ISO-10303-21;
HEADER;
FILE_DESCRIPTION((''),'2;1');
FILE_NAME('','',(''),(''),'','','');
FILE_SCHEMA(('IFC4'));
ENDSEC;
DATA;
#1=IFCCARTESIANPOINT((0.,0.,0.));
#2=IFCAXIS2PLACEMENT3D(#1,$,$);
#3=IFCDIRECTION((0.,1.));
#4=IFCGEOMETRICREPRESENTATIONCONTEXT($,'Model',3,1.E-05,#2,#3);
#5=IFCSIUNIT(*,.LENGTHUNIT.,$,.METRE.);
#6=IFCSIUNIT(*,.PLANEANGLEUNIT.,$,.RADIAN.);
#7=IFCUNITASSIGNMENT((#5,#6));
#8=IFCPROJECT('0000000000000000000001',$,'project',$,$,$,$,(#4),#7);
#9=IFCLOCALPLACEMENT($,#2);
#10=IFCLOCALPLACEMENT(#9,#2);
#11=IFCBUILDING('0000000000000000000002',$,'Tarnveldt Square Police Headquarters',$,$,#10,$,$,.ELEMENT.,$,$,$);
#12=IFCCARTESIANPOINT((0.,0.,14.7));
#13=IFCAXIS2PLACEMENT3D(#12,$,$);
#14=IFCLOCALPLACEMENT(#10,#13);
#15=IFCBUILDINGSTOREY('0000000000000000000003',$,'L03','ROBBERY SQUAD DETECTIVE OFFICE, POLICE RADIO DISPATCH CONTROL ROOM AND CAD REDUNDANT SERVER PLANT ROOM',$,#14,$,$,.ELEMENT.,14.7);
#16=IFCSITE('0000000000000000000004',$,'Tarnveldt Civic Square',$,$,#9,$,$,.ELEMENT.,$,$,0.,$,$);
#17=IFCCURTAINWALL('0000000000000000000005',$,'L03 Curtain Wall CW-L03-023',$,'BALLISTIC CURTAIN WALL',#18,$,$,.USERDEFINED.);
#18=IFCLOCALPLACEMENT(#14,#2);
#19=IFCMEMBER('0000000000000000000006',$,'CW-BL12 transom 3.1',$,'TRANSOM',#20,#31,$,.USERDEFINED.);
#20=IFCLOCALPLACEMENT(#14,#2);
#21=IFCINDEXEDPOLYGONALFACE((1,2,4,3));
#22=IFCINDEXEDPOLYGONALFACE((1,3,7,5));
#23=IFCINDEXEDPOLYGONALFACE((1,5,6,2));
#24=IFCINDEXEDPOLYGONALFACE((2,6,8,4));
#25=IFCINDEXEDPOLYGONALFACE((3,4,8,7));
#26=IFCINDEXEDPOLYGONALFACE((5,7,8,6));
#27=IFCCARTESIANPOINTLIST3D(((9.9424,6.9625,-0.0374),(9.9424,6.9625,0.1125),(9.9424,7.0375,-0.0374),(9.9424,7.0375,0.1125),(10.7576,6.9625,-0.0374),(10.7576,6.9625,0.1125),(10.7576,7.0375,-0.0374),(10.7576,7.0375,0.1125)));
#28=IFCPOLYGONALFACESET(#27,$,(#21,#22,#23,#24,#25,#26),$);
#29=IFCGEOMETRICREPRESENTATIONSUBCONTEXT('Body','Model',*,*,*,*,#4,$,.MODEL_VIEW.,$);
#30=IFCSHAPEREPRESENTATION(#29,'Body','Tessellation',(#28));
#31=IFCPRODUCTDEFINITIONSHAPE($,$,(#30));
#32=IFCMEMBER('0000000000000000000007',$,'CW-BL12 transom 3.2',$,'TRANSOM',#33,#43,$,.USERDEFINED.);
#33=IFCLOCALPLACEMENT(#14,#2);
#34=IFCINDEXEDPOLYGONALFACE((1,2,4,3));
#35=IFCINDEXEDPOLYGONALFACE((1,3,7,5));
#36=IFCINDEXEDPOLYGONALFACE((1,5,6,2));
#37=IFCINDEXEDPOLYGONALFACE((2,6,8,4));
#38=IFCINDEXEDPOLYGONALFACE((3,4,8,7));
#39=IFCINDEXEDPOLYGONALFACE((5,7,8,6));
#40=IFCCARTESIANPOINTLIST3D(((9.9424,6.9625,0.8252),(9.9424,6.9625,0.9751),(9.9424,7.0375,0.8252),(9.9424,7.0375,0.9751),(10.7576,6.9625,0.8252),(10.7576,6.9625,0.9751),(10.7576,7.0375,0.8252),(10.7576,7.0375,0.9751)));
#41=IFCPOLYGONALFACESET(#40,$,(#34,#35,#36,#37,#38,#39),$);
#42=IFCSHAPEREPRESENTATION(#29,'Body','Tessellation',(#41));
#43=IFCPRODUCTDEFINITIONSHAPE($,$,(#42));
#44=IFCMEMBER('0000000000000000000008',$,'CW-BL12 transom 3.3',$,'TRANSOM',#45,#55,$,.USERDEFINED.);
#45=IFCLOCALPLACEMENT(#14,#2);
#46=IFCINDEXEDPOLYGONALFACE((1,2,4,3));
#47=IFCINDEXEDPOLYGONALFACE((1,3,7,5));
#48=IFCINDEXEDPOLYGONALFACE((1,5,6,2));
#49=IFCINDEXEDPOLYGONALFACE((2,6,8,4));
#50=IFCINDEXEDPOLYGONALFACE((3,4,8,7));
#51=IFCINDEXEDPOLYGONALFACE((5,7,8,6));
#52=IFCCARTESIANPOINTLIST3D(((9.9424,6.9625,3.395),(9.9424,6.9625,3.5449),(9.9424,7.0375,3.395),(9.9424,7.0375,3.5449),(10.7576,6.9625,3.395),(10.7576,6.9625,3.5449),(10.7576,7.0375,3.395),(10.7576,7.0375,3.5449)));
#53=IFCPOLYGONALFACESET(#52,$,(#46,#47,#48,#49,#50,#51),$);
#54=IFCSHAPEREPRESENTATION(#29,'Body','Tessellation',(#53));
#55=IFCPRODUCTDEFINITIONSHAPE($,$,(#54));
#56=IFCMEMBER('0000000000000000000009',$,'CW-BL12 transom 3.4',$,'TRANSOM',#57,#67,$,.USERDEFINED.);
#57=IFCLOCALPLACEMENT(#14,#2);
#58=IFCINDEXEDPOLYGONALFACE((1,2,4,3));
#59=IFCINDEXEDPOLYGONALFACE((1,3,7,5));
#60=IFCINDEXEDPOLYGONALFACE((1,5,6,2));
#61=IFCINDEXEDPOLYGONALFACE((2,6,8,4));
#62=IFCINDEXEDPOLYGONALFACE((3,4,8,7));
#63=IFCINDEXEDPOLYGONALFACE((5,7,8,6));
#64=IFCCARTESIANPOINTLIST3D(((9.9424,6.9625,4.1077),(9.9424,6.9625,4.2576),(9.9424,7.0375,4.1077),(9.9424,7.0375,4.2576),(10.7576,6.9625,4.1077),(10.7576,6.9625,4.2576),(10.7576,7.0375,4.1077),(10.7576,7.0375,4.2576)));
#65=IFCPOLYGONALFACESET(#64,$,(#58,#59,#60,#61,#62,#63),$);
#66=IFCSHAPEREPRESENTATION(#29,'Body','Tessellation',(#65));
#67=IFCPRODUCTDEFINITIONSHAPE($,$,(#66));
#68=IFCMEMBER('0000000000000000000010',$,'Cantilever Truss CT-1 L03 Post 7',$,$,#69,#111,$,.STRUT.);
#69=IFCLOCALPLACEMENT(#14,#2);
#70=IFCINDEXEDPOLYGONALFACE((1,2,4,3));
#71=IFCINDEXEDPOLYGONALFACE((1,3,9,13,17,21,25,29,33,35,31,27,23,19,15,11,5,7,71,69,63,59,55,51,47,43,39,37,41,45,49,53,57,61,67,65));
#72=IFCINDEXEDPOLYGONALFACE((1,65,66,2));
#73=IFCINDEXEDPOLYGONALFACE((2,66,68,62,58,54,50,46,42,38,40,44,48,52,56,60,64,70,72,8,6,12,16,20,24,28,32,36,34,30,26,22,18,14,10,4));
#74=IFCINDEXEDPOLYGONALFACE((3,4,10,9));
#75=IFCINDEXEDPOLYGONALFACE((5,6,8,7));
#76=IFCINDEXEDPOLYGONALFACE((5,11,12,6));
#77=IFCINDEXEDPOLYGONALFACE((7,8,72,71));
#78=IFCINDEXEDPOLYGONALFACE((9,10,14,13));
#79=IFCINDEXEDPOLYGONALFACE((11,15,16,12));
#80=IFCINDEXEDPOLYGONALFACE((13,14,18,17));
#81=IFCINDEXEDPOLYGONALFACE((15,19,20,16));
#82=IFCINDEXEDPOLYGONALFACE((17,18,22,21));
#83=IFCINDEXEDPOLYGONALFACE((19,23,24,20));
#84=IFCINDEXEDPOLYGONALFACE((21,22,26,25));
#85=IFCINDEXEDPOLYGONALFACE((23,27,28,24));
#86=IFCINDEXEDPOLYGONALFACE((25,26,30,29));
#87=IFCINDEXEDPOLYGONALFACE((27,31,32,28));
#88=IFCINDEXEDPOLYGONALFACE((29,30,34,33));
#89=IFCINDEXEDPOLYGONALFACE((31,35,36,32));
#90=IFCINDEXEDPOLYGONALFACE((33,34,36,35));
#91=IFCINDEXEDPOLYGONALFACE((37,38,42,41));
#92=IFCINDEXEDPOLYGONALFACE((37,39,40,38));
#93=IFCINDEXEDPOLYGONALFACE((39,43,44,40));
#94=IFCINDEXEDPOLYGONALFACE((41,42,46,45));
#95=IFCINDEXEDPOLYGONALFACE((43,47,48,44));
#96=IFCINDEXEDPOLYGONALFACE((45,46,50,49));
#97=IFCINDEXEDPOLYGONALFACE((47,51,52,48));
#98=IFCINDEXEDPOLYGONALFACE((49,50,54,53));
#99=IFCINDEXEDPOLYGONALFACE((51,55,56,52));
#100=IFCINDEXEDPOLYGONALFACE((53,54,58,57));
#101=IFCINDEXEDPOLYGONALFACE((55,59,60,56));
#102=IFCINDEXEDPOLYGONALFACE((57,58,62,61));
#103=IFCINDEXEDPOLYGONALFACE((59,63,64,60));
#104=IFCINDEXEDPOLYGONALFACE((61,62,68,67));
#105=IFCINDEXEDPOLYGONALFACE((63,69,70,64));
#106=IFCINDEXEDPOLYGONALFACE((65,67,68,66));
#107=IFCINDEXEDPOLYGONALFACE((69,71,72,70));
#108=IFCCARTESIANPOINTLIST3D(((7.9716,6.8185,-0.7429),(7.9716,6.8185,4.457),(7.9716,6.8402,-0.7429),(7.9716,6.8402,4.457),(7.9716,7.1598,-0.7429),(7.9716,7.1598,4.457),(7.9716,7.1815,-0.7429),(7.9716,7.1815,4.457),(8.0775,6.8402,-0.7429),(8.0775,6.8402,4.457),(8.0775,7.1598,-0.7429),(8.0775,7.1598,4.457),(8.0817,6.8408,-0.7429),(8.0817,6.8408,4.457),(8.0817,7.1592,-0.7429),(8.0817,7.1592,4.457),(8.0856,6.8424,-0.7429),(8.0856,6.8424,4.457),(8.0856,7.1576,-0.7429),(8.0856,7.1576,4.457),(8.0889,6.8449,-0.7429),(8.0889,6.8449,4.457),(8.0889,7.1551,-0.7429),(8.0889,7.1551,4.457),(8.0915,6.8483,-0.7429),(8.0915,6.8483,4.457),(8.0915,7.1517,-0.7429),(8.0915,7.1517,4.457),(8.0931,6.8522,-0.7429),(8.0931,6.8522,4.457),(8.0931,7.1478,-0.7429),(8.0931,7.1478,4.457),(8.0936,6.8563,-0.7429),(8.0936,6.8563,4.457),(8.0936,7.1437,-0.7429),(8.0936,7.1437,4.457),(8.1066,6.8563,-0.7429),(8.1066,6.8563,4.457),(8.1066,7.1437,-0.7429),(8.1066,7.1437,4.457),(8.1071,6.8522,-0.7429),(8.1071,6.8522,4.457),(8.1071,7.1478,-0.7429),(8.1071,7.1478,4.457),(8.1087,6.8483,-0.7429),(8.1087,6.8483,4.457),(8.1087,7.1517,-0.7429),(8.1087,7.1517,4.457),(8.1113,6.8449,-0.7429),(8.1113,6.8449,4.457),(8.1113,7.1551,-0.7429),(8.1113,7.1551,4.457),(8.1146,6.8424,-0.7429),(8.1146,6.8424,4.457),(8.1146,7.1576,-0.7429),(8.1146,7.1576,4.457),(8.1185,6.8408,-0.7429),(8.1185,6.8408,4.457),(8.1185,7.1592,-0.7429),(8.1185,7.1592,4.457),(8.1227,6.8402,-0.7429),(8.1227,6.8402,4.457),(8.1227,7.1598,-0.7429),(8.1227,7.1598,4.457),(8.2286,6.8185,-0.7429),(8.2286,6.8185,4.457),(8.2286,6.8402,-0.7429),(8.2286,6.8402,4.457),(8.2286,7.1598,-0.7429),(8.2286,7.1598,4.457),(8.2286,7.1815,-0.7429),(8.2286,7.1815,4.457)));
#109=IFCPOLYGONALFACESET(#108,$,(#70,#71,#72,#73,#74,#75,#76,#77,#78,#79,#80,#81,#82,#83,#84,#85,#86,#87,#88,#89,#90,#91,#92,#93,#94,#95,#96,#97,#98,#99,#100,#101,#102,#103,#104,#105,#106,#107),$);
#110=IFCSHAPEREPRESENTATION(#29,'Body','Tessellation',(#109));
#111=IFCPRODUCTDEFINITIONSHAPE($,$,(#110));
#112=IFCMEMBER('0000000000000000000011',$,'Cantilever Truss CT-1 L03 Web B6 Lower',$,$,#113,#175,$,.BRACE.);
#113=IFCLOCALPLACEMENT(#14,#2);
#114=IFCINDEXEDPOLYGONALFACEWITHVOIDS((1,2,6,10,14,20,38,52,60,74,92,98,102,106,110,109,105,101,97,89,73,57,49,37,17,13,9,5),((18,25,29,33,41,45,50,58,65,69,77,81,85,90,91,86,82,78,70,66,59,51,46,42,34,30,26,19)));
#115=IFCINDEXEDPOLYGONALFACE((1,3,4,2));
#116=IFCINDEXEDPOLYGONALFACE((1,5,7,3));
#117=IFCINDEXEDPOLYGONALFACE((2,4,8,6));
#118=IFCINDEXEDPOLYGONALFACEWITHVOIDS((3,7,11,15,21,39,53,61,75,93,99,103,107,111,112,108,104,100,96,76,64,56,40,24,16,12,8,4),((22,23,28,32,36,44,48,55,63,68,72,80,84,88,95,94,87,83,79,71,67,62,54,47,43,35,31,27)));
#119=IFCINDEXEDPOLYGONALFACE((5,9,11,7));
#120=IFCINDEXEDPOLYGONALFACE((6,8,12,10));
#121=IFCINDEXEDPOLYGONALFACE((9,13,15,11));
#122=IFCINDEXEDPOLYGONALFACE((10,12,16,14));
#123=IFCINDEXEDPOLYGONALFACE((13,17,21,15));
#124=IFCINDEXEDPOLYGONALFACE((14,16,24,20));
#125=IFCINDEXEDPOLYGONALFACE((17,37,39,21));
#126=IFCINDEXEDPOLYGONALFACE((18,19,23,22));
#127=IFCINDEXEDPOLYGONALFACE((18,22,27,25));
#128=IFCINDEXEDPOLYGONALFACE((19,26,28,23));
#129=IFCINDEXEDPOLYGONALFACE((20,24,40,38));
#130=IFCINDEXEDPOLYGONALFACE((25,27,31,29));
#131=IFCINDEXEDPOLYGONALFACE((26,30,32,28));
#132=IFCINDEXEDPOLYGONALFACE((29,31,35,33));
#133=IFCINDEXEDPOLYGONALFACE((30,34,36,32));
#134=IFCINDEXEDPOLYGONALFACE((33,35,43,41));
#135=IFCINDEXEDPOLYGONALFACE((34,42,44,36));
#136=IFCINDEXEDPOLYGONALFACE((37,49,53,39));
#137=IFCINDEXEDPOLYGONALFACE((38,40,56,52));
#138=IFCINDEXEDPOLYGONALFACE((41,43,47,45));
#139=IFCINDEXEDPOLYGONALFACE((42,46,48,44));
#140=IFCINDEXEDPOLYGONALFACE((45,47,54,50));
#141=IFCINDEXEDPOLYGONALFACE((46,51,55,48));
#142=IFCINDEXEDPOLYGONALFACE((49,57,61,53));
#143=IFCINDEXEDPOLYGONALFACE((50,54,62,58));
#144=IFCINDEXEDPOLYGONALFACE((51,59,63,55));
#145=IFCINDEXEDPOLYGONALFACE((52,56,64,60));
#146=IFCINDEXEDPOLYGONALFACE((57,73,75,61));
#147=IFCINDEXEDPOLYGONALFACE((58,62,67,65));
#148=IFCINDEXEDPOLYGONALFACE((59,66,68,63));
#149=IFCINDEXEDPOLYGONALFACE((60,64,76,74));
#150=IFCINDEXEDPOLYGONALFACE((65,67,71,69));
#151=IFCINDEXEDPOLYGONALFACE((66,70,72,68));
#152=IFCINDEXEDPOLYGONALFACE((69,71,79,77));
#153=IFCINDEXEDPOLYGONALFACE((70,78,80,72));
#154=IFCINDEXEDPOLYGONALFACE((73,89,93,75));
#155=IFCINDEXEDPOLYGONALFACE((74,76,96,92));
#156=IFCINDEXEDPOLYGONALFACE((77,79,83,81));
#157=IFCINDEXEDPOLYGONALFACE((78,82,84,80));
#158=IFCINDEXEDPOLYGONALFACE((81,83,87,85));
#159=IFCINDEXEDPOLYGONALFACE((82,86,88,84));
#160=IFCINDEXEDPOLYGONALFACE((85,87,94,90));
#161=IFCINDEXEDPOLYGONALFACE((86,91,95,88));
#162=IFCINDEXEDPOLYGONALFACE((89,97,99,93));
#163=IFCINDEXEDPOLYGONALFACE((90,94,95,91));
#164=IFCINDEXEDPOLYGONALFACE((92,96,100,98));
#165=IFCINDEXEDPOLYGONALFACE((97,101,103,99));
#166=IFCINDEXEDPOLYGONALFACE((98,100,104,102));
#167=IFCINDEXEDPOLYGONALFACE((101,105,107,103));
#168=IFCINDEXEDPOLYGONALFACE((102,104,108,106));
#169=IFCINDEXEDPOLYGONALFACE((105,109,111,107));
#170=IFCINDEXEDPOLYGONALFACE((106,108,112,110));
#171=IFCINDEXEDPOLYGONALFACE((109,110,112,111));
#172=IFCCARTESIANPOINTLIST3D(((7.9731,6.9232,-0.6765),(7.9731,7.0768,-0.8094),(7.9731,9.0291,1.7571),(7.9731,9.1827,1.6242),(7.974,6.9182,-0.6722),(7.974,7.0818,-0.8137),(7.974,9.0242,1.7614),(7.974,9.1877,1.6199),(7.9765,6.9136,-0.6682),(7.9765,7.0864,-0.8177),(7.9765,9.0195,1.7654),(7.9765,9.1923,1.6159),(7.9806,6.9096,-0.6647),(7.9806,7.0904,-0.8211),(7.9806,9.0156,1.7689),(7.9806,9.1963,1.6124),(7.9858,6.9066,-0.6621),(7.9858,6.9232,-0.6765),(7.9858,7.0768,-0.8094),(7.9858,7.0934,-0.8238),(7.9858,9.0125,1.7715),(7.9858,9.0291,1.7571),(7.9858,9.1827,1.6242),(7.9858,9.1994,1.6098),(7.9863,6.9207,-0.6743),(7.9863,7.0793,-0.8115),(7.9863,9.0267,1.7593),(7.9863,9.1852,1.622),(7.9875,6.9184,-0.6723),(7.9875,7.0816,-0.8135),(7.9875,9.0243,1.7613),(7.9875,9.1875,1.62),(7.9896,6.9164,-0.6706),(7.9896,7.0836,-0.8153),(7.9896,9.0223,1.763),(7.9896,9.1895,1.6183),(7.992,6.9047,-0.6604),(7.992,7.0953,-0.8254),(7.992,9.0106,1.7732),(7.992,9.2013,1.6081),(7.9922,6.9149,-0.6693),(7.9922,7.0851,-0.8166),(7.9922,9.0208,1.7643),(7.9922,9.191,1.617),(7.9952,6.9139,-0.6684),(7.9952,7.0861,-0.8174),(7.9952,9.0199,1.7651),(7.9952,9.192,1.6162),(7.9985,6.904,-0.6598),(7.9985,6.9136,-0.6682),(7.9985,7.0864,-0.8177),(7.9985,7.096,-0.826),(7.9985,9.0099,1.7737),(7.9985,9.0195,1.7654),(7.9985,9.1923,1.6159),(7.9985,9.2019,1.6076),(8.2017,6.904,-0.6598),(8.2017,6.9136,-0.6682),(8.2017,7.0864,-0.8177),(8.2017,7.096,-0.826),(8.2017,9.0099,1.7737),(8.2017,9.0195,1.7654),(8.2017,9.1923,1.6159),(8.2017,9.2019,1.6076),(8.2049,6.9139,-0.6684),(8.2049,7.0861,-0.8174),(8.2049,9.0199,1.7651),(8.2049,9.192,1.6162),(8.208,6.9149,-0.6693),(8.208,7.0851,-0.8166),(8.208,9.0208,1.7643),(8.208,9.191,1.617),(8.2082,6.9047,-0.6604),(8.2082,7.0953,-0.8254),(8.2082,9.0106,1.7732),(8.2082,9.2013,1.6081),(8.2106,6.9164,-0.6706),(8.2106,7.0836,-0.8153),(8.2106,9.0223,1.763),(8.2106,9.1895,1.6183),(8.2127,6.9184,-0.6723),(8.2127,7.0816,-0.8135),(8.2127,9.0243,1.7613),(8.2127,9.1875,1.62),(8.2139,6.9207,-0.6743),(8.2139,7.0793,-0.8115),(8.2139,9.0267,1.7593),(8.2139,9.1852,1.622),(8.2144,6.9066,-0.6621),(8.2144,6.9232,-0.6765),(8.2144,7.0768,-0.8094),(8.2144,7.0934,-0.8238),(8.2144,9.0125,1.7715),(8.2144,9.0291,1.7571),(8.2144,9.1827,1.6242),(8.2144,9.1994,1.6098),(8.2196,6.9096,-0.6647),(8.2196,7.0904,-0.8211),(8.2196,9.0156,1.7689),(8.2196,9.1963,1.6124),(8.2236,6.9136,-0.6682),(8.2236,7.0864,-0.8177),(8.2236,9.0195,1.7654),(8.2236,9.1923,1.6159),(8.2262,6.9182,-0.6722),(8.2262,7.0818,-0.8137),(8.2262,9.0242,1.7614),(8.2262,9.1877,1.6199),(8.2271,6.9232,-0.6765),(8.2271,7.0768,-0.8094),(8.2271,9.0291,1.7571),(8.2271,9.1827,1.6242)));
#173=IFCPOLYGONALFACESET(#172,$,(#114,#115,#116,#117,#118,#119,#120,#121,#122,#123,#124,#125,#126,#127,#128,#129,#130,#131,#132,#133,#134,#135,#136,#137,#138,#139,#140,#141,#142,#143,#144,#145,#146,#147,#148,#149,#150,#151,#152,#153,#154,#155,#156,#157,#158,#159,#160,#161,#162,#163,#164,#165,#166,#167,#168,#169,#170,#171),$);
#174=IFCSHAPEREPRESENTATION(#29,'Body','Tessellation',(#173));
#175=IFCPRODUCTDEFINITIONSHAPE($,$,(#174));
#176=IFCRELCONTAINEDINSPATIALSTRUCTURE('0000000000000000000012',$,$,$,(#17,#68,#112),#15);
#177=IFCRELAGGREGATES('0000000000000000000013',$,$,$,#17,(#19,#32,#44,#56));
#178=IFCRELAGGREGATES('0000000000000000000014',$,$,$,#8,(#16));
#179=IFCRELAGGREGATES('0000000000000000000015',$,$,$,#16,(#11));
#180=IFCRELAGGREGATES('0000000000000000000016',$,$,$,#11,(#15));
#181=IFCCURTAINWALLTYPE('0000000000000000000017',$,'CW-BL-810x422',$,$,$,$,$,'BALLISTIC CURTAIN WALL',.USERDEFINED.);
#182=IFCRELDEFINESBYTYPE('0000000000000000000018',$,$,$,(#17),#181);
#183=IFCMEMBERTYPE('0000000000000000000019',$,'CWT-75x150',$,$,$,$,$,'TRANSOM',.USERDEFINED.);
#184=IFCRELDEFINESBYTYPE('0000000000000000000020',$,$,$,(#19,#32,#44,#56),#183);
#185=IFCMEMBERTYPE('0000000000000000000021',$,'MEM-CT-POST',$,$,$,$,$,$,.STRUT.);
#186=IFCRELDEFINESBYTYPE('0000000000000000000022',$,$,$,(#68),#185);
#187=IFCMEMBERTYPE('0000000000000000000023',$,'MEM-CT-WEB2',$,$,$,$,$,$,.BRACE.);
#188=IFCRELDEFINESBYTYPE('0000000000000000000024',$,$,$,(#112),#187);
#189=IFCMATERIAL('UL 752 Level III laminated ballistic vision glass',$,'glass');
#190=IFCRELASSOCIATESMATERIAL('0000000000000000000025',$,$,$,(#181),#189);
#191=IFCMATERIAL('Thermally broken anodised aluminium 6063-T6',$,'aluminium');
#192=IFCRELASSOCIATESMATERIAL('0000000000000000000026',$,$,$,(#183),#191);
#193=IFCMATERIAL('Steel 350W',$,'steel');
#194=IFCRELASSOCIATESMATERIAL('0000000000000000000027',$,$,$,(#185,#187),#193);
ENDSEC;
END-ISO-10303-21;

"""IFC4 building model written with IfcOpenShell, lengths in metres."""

from ifc_helpers import new_model, si_unit, direction, frame, origin, origin_2d, place, context, subcontext, project, spatial, rectangle, hollow_rectangle, i_section, extrude, material, material_profile, profile_set, type_object, element, aggregate, save


model = new_model("IFC4")

# Units and contexts
model_context = context("Model", 3, precision=1e-05, world=origin(), true_north=direction((0.0, 1.0)))
body_context = subcontext(model_context, "Body", "Model", "MODEL_VIEW")
ifc_project = project(units=[si_unit("LENGTHUNIT", "METRE"), si_unit("PLANEANGLEUNIT", "RADIAN")], contexts=[model_context])

# Site, building, storey
site_placement = place(None, origin())
site = spatial("IfcSite", under=ifc_project, at=site_placement, Name="Tarnveldt Civic Square", CompositionType="ELEMENT", RefElevation=0.0)
building_placement = place(site_placement, origin())
building = spatial("IfcBuilding", under=site, at=building_placement, Name="Tarnveldt Square Police Headquarters", CompositionType="ELEMENT")
storey_placement = place(building_placement, frame((0.0, 0.0, 14.7)))
storey = spatial("IfcBuildingStorey", under=building, at=storey_placement, Name="L03", Description="ROBBERY SQUAD DETECTIVE OFFICE, POLICE RADIO DISPATCH CONTROL ROOM AND CAD REDUNDANT SERVER PLANT ROOM", CompositionType="ELEMENT", Elevation=14.7)

# Shared definitions
ifc_material_1 = material(Name="Steel 350W", Category="steel")

# Curtain wall, members
ifc_material_2 = material(Name="UL 752 Level III laminated ballistic vision glass", Category="glass")
curtain_wall_type = type_object("IfcCurtainWallType", Name="CW-BL-810x422", ElementType="BALLISTIC CURTAIN WALL", PredefinedType="USERDEFINED", material=ifc_material_2)
curtain_wall_placement = place(storey_placement, origin())
curtain_wall = element("IfcCurtainWall", 1, at=curtain_wall_placement, inside=storey, type_object=curtain_wall_type, Name="L03 Curtain Wall CW-L03-023", ObjectType="BALLISTIC CURTAIN WALL", PredefinedType="USERDEFINED")
ifc_material_3 = material(Name="Thermally broken anodised aluminium 6063-T6", Category="aluminium")
ifc_material_profile_1 = material_profile(ifc_material_3, rectangle(XDim=0.075, YDim=0.1499, at=origin_2d()), Name="CW-T75x150")
ifc_profile_set_1 = profile_set([ifc_material_profile_1], Name="Thermally broken anodised aluminium 6063-T6")
member_type_1 = type_object("IfcMemberType", Name="CWT-75x150", ElementType="TRANSOM", PredefinedType="USERDEFINED", material=ifc_profile_set_1)
member_1_placement = place(storey_placement, frame((9.9424, 7.0, 0.0376), z_axis=(1.0, 0.0, 0.0), x_axis=(0.0, 1.0, 0.0)))
member_1 = element("IfcMember", 2, at=member_1_placement, type_object=member_type_1, Name="CW-BL12 transom 3.1", ObjectType="TRANSOM", PredefinedType="USERDEFINED", context=body_context, shape_type="SweptSolid", body=[
    extrude(rectangle(XDim=0.075, YDim=0.1499, at=origin_2d()), origin(), (0.0, 0.0, 1.0), 0.8152),
])
member_2_placement = place(storey_placement, frame((9.9424, 7.0, 0.9001), z_axis=(1.0, 0.0, 0.0), x_axis=(0.0, 1.0, 0.0)))
member_2 = element("IfcMember", 3, at=member_2_placement, type_object=member_type_1, Name="CW-BL12 transom 3.2", ObjectType="TRANSOM", PredefinedType="USERDEFINED", context=body_context, shape_type="SweptSolid", body=[
    extrude(rectangle(XDim=0.075, YDim=0.1499, at=origin_2d()), origin(), (0.0, 0.0, 1.0), 0.8152),
])
member_3_placement = place(storey_placement, frame((9.9424, 7.0, 3.47), z_axis=(1.0, 0.0, 0.0), x_axis=(0.0, 1.0, 0.0)))
member_3 = element("IfcMember", 4, at=member_3_placement, type_object=member_type_1, Name="CW-BL12 transom 3.3", ObjectType="TRANSOM", PredefinedType="USERDEFINED", context=body_context, shape_type="SweptSolid", body=[
    extrude(rectangle(XDim=0.075, YDim=0.1499, at=origin_2d()), origin(), (0.0, 0.0, 1.0), 0.8152),
])
member_4_placement = place(storey_placement, frame((9.9424, 7.0, 4.1826), z_axis=(1.0, 0.0, 0.0), x_axis=(0.0, 1.0, 0.0)))
member_4 = element("IfcMember", 5, at=member_4_placement, type_object=member_type_1, Name="CW-BL12 transom 3.4", ObjectType="TRANSOM", PredefinedType="USERDEFINED", context=body_context, shape_type="SweptSolid", body=[
    extrude(rectangle(XDim=0.075, YDim=0.1499, at=origin_2d()), origin(), (0.0, 0.0, 1.0), 0.8152),
])

# Members
ifc_material_profile_2 = material_profile(ifc_material_1, i_section(OverallWidth=0.2571, OverallDepth=0.363, WebThickness=0.0129, FlangeThickness=0.0217, FilletRadius=0.0161, at=origin_2d()), Name="W360x122")
ifc_profile_set_2 = profile_set([ifc_material_profile_2], Name="Steel 350W")
member_type_2 = type_object("IfcMemberType", Name="MEM-CT-POST", PredefinedType="STRUT", material=ifc_profile_set_2)
member_5_placement = place(storey_placement, frame((8.1001, 7.0, -0.7429), z_axis=(0.0, 0.0, 1.0), x_axis=(1.0, 0.0, 0.0)))
element("IfcMember", 6, at=member_5_placement, inside=storey, type_object=member_type_2, Name="Cantilever Truss CT-1 L03 Post 7", PredefinedType="STRUT", context=body_context, shape_type="SweptSolid", body=[
    extrude(i_section(OverallWidth=0.2571, OverallDepth=0.363, WebThickness=0.0129, FlangeThickness=0.0217, FilletRadius=0.0161, at=origin_2d()), origin(), (0.0, 0.0, 1.0), 5.2),
])
ifc_material_profile_3 = material_profile(ifc_material_1, hollow_rectangle(XDim=0.2539, YDim=0.2539, WallThickness=0.0127, InnerFilletRadius=0.0127, OuterFilletRadius=0.0254, at=origin_2d()), Name="HSS254x254x13")
ifc_profile_set_3 = profile_set([ifc_material_profile_3], Name="Steel 350W")
member_type_3 = type_object("IfcMemberType", Name="MEM-CT-WEB2", PredefinedType="BRACE", material=ifc_profile_set_3)
member_6_placement = place(storey_placement, frame((8.1001, 7.0, -0.7429), z_axis=(0.0, 0.65437, 0.756174), x_axis=(-1.0, 0.0, 0.0)))
element("IfcMember", 7, at=member_6_placement, inside=storey, type_object=member_type_3, Name="Cantilever Truss CT-1 L03 Web B6 Lower", PredefinedType="BRACE", context=body_context, shape_type="SweptSolid", body=[
    extrude(hollow_rectangle(XDim=0.2539, YDim=0.2539, WallThickness=0.0127, InnerFilletRadius=0.0127, OuterFilletRadius=0.0254, at=origin_2d()), origin(), (0.0, 0.0, 1.0), 3.2183),
])

aggregate(curtain_wall, [member_1, member_2, member_3, member_4])

save(model, "model.ifc")
